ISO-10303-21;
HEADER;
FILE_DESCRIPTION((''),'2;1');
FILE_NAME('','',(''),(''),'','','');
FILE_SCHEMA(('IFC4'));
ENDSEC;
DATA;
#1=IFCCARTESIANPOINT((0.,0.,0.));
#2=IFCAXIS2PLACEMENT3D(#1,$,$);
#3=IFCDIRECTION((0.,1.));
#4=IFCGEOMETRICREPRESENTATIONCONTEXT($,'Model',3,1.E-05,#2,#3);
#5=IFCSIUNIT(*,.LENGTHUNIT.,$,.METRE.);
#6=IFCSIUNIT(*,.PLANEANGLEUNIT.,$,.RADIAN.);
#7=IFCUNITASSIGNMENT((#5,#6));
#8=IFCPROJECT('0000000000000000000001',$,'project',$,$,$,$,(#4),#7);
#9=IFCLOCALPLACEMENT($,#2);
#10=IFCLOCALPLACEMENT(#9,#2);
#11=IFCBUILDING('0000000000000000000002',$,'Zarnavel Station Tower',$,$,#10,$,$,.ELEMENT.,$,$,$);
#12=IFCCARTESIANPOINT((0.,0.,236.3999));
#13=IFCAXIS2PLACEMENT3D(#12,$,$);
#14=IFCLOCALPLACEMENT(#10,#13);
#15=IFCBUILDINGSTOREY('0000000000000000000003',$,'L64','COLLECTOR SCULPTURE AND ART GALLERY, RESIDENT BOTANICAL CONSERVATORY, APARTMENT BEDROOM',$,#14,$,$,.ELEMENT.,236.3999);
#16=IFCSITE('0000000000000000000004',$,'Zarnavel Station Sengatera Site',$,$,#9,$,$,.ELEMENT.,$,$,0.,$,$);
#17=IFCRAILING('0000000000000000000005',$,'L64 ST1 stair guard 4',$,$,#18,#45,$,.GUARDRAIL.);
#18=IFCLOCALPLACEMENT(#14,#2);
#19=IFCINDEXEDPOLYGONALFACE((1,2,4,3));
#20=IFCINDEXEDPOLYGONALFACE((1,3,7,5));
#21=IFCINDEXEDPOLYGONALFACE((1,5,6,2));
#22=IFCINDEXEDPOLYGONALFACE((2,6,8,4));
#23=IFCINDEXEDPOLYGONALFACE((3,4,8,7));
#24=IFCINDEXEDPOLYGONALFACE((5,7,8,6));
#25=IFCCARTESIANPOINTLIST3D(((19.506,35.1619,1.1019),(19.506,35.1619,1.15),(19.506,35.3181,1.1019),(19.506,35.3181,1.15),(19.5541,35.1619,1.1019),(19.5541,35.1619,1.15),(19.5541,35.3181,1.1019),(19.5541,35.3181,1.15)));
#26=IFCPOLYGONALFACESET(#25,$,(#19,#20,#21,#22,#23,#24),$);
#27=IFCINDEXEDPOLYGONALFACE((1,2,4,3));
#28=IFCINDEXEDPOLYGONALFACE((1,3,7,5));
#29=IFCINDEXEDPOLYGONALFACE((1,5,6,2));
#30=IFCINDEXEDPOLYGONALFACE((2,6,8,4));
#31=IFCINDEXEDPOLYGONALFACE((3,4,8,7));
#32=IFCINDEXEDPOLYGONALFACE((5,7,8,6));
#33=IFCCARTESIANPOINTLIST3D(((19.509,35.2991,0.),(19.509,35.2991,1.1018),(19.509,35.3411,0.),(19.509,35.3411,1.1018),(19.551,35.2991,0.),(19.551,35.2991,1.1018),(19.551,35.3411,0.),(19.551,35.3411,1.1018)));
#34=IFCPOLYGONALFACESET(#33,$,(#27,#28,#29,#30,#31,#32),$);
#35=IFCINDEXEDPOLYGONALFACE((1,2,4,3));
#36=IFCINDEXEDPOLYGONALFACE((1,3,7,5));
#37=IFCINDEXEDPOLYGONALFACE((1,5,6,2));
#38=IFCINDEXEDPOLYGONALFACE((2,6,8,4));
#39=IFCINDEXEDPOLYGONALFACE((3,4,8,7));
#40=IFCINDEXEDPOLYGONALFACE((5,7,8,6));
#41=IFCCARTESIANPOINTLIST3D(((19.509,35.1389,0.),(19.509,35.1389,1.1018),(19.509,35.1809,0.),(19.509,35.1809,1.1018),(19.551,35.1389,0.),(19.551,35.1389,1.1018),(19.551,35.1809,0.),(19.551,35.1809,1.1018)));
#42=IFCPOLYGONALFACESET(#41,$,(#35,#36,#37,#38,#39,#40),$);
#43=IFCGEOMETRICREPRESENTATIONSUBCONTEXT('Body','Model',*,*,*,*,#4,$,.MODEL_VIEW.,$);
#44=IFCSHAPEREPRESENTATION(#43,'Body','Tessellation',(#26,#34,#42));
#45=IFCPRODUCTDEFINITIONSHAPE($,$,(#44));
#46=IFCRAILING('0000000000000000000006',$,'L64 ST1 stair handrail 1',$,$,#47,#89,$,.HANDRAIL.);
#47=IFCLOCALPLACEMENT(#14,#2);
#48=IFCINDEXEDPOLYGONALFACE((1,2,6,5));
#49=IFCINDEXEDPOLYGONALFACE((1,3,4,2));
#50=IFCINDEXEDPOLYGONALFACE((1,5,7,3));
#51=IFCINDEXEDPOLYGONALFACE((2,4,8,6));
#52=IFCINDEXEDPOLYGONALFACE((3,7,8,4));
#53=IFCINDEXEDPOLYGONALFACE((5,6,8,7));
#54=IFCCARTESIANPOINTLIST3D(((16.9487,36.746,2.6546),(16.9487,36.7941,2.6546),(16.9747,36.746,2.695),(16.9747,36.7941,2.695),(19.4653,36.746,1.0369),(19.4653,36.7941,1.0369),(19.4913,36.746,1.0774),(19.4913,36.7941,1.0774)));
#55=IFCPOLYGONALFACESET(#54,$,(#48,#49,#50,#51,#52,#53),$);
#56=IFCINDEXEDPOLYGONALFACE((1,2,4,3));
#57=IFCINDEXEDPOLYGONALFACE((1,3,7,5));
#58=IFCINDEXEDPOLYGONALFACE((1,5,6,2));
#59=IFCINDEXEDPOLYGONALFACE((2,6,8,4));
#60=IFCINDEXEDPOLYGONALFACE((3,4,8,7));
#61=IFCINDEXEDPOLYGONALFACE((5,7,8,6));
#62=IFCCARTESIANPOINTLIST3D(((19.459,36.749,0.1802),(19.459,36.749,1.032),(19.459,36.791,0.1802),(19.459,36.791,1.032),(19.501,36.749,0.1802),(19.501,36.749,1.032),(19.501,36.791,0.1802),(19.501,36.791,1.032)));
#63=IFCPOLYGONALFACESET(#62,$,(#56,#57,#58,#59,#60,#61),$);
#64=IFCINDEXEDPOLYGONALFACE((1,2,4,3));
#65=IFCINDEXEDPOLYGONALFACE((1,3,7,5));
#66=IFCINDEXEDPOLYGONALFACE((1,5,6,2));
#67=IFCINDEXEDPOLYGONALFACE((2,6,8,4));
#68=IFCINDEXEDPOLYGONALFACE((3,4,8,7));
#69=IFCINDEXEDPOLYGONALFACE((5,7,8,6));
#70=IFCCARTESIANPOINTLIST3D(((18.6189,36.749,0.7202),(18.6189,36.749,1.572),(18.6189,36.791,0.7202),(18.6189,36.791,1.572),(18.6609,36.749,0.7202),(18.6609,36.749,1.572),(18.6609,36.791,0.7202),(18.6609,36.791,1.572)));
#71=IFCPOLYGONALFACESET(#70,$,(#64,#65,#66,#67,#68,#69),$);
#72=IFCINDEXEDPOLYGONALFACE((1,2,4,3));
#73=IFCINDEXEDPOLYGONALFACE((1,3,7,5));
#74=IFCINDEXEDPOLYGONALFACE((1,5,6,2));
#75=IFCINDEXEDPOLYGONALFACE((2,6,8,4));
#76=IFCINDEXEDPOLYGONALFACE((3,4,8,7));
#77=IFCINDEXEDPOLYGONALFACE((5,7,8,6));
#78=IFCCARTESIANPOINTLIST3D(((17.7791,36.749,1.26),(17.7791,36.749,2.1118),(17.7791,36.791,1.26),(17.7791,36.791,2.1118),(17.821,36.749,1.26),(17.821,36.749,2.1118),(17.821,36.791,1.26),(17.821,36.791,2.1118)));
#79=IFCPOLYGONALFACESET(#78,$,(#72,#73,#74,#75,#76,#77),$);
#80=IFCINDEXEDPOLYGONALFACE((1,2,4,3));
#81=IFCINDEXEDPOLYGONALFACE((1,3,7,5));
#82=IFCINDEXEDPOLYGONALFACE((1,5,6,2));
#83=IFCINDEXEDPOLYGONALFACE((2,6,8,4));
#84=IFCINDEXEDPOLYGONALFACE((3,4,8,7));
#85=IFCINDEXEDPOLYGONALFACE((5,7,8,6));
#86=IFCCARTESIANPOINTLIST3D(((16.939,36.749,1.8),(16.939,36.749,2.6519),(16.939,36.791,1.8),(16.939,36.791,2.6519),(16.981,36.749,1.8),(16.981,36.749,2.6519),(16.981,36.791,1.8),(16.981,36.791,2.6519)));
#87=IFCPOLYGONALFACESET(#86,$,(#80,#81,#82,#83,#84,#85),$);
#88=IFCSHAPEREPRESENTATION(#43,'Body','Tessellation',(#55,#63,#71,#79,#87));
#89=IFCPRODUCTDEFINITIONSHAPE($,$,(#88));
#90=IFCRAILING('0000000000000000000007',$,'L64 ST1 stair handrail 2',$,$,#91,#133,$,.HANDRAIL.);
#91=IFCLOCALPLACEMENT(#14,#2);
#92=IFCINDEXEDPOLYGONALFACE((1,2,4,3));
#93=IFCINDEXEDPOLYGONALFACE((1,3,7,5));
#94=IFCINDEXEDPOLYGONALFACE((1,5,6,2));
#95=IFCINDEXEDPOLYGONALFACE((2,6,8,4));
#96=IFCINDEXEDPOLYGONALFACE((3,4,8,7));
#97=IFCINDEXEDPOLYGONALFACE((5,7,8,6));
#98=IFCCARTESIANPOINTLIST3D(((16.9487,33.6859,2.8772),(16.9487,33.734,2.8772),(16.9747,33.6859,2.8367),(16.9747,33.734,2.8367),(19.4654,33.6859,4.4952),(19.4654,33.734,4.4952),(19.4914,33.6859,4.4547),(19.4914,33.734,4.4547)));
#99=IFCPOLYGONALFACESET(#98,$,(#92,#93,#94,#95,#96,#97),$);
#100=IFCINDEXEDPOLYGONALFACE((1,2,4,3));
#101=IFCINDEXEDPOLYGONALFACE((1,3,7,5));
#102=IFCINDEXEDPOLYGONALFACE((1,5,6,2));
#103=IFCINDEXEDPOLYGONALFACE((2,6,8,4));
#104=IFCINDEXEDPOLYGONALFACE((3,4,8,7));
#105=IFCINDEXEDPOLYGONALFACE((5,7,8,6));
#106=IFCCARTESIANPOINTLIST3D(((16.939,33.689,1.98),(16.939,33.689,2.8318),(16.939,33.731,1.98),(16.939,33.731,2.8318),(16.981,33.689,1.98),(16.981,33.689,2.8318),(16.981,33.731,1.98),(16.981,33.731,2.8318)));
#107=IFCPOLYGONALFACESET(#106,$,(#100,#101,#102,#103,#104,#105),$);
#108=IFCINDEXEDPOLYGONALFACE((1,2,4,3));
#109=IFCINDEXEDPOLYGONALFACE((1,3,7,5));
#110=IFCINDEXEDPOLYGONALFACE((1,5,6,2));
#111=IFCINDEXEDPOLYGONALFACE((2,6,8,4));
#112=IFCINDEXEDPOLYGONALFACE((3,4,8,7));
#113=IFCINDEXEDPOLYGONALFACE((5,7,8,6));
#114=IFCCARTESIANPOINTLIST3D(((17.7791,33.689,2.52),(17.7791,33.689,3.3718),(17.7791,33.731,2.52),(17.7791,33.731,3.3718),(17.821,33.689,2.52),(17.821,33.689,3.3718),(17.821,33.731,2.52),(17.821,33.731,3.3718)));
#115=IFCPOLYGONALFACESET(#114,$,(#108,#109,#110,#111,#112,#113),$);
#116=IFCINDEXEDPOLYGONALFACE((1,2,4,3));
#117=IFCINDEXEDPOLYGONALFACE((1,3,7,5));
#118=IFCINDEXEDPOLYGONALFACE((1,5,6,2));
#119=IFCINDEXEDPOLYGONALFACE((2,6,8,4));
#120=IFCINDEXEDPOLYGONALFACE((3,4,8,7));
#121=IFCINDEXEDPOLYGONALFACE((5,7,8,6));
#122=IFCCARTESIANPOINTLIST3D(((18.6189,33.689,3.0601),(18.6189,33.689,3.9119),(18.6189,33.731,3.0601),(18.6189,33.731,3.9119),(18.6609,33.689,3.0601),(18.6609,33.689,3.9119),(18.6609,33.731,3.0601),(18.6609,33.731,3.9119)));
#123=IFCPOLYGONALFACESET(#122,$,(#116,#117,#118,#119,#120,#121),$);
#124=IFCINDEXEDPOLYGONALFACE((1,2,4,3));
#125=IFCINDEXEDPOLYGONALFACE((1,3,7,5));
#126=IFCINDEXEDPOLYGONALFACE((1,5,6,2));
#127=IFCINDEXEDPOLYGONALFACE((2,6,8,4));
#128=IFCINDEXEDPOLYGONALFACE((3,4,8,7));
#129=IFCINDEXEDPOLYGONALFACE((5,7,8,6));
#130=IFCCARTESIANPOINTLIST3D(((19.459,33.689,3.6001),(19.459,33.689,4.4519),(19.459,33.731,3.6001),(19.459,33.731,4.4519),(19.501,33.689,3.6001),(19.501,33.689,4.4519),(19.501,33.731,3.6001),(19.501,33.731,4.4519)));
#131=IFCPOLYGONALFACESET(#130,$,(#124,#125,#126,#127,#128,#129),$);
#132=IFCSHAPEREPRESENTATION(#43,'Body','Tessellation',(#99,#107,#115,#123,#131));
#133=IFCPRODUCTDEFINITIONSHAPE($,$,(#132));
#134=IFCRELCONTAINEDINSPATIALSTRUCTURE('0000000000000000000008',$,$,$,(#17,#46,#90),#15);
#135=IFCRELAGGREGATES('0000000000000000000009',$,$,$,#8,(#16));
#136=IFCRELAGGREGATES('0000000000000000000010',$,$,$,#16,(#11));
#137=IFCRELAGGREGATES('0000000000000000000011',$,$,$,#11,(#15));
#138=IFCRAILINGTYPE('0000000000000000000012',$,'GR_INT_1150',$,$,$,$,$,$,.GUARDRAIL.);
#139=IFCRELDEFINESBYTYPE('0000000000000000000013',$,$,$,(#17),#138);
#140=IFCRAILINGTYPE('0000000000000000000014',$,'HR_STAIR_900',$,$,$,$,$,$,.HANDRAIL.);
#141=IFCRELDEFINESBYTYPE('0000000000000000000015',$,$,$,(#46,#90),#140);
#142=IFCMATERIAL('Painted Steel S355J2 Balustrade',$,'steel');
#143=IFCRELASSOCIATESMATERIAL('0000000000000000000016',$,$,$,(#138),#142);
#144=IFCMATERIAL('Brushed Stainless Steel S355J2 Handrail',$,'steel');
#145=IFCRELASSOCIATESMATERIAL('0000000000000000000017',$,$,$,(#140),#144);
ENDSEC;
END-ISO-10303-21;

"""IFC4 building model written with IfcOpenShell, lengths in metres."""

from ifc_helpers import new_model, si_unit, direction, frame, origin, origin_2d, place, context, subcontext, project, spatial, rectangle, extrude, material, type_object, element, save


model = new_model("IFC4")

# Units and contexts
model_context = context("Model", 3, precision=1e-05, world=origin(), true_north=direction((0.0, 1.0)))
body_context = subcontext(model_context, "Body", "Model", "MODEL_VIEW")
ifc_project = project(units=[si_unit("LENGTHUNIT", "METRE"), si_unit("PLANEANGLEUNIT", "RADIAN")], contexts=[model_context])

# Site, building, storey
site_placement = place(None, origin())
site = spatial("IfcSite", under=ifc_project, at=site_placement, Name="Zarnavel Station Sengatera Site", CompositionType="ELEMENT", RefElevation=0.0)
building_placement = place(site_placement, origin())
building = spatial("IfcBuilding", under=site, at=building_placement, Name="Zarnavel Station Tower", CompositionType="ELEMENT")
storey_placement = place(building_placement, frame((0.0, 0.0, 236.3999)))
storey = spatial("IfcBuildingStorey", under=building, at=storey_placement, Name="L64", Description="COLLECTOR SCULPTURE AND ART GALLERY, RESIDENT BOTANICAL CONSERVATORY, APARTMENT BEDROOM", CompositionType="ELEMENT", Elevation=236.3999)

# Railings
ifc_material_1 = material(Name="Painted Steel S355J2 Balustrade", Category="steel")
railing_type_1 = type_object("IfcRailingType", Name="GR_INT_1150", PredefinedType="GUARDRAIL", material=ifc_material_1)
railing_1_placement = place(storey_placement, frame((19.53, 35.3201, 0.0)))
element("IfcRailing", 1, at=railing_1_placement, inside=storey, type_object=railing_type_1, Name="L64 ST1 stair guard 4", PredefinedType="GUARDRAIL", context=body_context, shape_type="SweptSolid", body=[
    extrude(rectangle(XDim=0.0481, YDim=0.0481, at=origin_2d()), frame((0.0, -0.002, 1.126), z_axis=(0.0, -1.0, 0.0), x_axis=(1.0, 0.0, 0.0)), (0.0, 0.0, 1.0), 0.1562),
    extrude(rectangle(XDim=0.042, YDim=0.042, at=origin_2d()), origin(), (0.0, 0.0, 1.0), 1.1018),
    extrude(rectangle(XDim=0.042, YDim=0.042, at=origin_2d()), frame((0.0, -0.1602, 0.0)), (0.0, 0.0, 1.0), 1.1018),
])
ifc_material_2 = material(Name="Brushed Stainless Steel S355J2 Handrail", Category="steel")
railing_type_2 = type_object("IfcRailingType", Name="HR_STAIR_900", PredefinedType="HANDRAIL", material=ifc_material_2)
railing_2_placement = place(storey_placement, frame((19.48, 36.77, 0.1802)))
element("IfcRailing", 2, at=railing_2_placement, inside=storey, type_object=railing_type_2, Name="L64 ST1 stair handrail 1", PredefinedType="HANDRAIL", context=body_context, shape_type="SweptSolid", body=[
    extrude(rectangle(XDim=0.0481, YDim=0.0481, at=origin_2d()), frame((-0.0017, 0.0, 0.877), z_axis=(-0.8412, 0.0, 0.540725), x_axis=(0.0, -1.0, 0.0)), (0.0, 0.0, 1.0), 2.9917),
    extrude(rectangle(XDim=0.042, YDim=0.042, at=origin_2d()), origin(), (0.0, 0.0, 1.0), 0.8518),
    extrude(rectangle(XDim=0.042, YDim=0.042, at=origin_2d()), frame((-0.8401, 0.0, 0.54)), (0.0, 0.0, 1.0), 0.8518),
    extrude(rectangle(XDim=0.042, YDim=0.042, at=origin_2d()), frame((-1.6799, 0.0, 1.0798)), (0.0, 0.0, 1.0), 0.8518),
    extrude(rectangle(XDim=0.042, YDim=0.042, at=origin_2d()), frame((-2.52, 0.0, 1.6199)), (0.0, 0.0, 1.0), 0.8518),
])
railing_3_placement = place(storey_placement, frame((16.96, 33.71, 1.98)))
element("IfcRailing", 3, at=railing_3_placement, inside=storey, type_object=railing_type_2, Name="L64 ST1 stair handrail 2", PredefinedType="HANDRAIL", context=body_context, shape_type="SweptSolid", body=[
    extrude(rectangle(XDim=0.0481, YDim=0.0481, at=origin_2d()), frame((0.0017, 0.0, 0.877), z_axis=(0.841163, 0.0, 0.540782), x_axis=(0.0, 1.0, 0.0)), (0.0, 0.0, 1.0), 2.9919),
    extrude(rectangle(XDim=0.042, YDim=0.042, at=origin_2d()), origin(), (0.0, 0.0, 1.0), 0.8518),
    extrude(rectangle(XDim=0.042, YDim=0.042, at=origin_2d()), frame((0.8401, 0.0, 0.54)), (0.0, 0.0, 1.0), 0.8518),
    extrude(rectangle(XDim=0.042, YDim=0.042, at=origin_2d()), frame((1.6799, 0.0, 1.0801)), (0.0, 0.0, 1.0), 0.8518),
    extrude(rectangle(XDim=0.042, YDim=0.042, at=origin_2d()), frame((2.52, 0.0, 1.6201)), (0.0, 0.0, 1.0), 0.8518),
])

save(model, "model.ifc")
